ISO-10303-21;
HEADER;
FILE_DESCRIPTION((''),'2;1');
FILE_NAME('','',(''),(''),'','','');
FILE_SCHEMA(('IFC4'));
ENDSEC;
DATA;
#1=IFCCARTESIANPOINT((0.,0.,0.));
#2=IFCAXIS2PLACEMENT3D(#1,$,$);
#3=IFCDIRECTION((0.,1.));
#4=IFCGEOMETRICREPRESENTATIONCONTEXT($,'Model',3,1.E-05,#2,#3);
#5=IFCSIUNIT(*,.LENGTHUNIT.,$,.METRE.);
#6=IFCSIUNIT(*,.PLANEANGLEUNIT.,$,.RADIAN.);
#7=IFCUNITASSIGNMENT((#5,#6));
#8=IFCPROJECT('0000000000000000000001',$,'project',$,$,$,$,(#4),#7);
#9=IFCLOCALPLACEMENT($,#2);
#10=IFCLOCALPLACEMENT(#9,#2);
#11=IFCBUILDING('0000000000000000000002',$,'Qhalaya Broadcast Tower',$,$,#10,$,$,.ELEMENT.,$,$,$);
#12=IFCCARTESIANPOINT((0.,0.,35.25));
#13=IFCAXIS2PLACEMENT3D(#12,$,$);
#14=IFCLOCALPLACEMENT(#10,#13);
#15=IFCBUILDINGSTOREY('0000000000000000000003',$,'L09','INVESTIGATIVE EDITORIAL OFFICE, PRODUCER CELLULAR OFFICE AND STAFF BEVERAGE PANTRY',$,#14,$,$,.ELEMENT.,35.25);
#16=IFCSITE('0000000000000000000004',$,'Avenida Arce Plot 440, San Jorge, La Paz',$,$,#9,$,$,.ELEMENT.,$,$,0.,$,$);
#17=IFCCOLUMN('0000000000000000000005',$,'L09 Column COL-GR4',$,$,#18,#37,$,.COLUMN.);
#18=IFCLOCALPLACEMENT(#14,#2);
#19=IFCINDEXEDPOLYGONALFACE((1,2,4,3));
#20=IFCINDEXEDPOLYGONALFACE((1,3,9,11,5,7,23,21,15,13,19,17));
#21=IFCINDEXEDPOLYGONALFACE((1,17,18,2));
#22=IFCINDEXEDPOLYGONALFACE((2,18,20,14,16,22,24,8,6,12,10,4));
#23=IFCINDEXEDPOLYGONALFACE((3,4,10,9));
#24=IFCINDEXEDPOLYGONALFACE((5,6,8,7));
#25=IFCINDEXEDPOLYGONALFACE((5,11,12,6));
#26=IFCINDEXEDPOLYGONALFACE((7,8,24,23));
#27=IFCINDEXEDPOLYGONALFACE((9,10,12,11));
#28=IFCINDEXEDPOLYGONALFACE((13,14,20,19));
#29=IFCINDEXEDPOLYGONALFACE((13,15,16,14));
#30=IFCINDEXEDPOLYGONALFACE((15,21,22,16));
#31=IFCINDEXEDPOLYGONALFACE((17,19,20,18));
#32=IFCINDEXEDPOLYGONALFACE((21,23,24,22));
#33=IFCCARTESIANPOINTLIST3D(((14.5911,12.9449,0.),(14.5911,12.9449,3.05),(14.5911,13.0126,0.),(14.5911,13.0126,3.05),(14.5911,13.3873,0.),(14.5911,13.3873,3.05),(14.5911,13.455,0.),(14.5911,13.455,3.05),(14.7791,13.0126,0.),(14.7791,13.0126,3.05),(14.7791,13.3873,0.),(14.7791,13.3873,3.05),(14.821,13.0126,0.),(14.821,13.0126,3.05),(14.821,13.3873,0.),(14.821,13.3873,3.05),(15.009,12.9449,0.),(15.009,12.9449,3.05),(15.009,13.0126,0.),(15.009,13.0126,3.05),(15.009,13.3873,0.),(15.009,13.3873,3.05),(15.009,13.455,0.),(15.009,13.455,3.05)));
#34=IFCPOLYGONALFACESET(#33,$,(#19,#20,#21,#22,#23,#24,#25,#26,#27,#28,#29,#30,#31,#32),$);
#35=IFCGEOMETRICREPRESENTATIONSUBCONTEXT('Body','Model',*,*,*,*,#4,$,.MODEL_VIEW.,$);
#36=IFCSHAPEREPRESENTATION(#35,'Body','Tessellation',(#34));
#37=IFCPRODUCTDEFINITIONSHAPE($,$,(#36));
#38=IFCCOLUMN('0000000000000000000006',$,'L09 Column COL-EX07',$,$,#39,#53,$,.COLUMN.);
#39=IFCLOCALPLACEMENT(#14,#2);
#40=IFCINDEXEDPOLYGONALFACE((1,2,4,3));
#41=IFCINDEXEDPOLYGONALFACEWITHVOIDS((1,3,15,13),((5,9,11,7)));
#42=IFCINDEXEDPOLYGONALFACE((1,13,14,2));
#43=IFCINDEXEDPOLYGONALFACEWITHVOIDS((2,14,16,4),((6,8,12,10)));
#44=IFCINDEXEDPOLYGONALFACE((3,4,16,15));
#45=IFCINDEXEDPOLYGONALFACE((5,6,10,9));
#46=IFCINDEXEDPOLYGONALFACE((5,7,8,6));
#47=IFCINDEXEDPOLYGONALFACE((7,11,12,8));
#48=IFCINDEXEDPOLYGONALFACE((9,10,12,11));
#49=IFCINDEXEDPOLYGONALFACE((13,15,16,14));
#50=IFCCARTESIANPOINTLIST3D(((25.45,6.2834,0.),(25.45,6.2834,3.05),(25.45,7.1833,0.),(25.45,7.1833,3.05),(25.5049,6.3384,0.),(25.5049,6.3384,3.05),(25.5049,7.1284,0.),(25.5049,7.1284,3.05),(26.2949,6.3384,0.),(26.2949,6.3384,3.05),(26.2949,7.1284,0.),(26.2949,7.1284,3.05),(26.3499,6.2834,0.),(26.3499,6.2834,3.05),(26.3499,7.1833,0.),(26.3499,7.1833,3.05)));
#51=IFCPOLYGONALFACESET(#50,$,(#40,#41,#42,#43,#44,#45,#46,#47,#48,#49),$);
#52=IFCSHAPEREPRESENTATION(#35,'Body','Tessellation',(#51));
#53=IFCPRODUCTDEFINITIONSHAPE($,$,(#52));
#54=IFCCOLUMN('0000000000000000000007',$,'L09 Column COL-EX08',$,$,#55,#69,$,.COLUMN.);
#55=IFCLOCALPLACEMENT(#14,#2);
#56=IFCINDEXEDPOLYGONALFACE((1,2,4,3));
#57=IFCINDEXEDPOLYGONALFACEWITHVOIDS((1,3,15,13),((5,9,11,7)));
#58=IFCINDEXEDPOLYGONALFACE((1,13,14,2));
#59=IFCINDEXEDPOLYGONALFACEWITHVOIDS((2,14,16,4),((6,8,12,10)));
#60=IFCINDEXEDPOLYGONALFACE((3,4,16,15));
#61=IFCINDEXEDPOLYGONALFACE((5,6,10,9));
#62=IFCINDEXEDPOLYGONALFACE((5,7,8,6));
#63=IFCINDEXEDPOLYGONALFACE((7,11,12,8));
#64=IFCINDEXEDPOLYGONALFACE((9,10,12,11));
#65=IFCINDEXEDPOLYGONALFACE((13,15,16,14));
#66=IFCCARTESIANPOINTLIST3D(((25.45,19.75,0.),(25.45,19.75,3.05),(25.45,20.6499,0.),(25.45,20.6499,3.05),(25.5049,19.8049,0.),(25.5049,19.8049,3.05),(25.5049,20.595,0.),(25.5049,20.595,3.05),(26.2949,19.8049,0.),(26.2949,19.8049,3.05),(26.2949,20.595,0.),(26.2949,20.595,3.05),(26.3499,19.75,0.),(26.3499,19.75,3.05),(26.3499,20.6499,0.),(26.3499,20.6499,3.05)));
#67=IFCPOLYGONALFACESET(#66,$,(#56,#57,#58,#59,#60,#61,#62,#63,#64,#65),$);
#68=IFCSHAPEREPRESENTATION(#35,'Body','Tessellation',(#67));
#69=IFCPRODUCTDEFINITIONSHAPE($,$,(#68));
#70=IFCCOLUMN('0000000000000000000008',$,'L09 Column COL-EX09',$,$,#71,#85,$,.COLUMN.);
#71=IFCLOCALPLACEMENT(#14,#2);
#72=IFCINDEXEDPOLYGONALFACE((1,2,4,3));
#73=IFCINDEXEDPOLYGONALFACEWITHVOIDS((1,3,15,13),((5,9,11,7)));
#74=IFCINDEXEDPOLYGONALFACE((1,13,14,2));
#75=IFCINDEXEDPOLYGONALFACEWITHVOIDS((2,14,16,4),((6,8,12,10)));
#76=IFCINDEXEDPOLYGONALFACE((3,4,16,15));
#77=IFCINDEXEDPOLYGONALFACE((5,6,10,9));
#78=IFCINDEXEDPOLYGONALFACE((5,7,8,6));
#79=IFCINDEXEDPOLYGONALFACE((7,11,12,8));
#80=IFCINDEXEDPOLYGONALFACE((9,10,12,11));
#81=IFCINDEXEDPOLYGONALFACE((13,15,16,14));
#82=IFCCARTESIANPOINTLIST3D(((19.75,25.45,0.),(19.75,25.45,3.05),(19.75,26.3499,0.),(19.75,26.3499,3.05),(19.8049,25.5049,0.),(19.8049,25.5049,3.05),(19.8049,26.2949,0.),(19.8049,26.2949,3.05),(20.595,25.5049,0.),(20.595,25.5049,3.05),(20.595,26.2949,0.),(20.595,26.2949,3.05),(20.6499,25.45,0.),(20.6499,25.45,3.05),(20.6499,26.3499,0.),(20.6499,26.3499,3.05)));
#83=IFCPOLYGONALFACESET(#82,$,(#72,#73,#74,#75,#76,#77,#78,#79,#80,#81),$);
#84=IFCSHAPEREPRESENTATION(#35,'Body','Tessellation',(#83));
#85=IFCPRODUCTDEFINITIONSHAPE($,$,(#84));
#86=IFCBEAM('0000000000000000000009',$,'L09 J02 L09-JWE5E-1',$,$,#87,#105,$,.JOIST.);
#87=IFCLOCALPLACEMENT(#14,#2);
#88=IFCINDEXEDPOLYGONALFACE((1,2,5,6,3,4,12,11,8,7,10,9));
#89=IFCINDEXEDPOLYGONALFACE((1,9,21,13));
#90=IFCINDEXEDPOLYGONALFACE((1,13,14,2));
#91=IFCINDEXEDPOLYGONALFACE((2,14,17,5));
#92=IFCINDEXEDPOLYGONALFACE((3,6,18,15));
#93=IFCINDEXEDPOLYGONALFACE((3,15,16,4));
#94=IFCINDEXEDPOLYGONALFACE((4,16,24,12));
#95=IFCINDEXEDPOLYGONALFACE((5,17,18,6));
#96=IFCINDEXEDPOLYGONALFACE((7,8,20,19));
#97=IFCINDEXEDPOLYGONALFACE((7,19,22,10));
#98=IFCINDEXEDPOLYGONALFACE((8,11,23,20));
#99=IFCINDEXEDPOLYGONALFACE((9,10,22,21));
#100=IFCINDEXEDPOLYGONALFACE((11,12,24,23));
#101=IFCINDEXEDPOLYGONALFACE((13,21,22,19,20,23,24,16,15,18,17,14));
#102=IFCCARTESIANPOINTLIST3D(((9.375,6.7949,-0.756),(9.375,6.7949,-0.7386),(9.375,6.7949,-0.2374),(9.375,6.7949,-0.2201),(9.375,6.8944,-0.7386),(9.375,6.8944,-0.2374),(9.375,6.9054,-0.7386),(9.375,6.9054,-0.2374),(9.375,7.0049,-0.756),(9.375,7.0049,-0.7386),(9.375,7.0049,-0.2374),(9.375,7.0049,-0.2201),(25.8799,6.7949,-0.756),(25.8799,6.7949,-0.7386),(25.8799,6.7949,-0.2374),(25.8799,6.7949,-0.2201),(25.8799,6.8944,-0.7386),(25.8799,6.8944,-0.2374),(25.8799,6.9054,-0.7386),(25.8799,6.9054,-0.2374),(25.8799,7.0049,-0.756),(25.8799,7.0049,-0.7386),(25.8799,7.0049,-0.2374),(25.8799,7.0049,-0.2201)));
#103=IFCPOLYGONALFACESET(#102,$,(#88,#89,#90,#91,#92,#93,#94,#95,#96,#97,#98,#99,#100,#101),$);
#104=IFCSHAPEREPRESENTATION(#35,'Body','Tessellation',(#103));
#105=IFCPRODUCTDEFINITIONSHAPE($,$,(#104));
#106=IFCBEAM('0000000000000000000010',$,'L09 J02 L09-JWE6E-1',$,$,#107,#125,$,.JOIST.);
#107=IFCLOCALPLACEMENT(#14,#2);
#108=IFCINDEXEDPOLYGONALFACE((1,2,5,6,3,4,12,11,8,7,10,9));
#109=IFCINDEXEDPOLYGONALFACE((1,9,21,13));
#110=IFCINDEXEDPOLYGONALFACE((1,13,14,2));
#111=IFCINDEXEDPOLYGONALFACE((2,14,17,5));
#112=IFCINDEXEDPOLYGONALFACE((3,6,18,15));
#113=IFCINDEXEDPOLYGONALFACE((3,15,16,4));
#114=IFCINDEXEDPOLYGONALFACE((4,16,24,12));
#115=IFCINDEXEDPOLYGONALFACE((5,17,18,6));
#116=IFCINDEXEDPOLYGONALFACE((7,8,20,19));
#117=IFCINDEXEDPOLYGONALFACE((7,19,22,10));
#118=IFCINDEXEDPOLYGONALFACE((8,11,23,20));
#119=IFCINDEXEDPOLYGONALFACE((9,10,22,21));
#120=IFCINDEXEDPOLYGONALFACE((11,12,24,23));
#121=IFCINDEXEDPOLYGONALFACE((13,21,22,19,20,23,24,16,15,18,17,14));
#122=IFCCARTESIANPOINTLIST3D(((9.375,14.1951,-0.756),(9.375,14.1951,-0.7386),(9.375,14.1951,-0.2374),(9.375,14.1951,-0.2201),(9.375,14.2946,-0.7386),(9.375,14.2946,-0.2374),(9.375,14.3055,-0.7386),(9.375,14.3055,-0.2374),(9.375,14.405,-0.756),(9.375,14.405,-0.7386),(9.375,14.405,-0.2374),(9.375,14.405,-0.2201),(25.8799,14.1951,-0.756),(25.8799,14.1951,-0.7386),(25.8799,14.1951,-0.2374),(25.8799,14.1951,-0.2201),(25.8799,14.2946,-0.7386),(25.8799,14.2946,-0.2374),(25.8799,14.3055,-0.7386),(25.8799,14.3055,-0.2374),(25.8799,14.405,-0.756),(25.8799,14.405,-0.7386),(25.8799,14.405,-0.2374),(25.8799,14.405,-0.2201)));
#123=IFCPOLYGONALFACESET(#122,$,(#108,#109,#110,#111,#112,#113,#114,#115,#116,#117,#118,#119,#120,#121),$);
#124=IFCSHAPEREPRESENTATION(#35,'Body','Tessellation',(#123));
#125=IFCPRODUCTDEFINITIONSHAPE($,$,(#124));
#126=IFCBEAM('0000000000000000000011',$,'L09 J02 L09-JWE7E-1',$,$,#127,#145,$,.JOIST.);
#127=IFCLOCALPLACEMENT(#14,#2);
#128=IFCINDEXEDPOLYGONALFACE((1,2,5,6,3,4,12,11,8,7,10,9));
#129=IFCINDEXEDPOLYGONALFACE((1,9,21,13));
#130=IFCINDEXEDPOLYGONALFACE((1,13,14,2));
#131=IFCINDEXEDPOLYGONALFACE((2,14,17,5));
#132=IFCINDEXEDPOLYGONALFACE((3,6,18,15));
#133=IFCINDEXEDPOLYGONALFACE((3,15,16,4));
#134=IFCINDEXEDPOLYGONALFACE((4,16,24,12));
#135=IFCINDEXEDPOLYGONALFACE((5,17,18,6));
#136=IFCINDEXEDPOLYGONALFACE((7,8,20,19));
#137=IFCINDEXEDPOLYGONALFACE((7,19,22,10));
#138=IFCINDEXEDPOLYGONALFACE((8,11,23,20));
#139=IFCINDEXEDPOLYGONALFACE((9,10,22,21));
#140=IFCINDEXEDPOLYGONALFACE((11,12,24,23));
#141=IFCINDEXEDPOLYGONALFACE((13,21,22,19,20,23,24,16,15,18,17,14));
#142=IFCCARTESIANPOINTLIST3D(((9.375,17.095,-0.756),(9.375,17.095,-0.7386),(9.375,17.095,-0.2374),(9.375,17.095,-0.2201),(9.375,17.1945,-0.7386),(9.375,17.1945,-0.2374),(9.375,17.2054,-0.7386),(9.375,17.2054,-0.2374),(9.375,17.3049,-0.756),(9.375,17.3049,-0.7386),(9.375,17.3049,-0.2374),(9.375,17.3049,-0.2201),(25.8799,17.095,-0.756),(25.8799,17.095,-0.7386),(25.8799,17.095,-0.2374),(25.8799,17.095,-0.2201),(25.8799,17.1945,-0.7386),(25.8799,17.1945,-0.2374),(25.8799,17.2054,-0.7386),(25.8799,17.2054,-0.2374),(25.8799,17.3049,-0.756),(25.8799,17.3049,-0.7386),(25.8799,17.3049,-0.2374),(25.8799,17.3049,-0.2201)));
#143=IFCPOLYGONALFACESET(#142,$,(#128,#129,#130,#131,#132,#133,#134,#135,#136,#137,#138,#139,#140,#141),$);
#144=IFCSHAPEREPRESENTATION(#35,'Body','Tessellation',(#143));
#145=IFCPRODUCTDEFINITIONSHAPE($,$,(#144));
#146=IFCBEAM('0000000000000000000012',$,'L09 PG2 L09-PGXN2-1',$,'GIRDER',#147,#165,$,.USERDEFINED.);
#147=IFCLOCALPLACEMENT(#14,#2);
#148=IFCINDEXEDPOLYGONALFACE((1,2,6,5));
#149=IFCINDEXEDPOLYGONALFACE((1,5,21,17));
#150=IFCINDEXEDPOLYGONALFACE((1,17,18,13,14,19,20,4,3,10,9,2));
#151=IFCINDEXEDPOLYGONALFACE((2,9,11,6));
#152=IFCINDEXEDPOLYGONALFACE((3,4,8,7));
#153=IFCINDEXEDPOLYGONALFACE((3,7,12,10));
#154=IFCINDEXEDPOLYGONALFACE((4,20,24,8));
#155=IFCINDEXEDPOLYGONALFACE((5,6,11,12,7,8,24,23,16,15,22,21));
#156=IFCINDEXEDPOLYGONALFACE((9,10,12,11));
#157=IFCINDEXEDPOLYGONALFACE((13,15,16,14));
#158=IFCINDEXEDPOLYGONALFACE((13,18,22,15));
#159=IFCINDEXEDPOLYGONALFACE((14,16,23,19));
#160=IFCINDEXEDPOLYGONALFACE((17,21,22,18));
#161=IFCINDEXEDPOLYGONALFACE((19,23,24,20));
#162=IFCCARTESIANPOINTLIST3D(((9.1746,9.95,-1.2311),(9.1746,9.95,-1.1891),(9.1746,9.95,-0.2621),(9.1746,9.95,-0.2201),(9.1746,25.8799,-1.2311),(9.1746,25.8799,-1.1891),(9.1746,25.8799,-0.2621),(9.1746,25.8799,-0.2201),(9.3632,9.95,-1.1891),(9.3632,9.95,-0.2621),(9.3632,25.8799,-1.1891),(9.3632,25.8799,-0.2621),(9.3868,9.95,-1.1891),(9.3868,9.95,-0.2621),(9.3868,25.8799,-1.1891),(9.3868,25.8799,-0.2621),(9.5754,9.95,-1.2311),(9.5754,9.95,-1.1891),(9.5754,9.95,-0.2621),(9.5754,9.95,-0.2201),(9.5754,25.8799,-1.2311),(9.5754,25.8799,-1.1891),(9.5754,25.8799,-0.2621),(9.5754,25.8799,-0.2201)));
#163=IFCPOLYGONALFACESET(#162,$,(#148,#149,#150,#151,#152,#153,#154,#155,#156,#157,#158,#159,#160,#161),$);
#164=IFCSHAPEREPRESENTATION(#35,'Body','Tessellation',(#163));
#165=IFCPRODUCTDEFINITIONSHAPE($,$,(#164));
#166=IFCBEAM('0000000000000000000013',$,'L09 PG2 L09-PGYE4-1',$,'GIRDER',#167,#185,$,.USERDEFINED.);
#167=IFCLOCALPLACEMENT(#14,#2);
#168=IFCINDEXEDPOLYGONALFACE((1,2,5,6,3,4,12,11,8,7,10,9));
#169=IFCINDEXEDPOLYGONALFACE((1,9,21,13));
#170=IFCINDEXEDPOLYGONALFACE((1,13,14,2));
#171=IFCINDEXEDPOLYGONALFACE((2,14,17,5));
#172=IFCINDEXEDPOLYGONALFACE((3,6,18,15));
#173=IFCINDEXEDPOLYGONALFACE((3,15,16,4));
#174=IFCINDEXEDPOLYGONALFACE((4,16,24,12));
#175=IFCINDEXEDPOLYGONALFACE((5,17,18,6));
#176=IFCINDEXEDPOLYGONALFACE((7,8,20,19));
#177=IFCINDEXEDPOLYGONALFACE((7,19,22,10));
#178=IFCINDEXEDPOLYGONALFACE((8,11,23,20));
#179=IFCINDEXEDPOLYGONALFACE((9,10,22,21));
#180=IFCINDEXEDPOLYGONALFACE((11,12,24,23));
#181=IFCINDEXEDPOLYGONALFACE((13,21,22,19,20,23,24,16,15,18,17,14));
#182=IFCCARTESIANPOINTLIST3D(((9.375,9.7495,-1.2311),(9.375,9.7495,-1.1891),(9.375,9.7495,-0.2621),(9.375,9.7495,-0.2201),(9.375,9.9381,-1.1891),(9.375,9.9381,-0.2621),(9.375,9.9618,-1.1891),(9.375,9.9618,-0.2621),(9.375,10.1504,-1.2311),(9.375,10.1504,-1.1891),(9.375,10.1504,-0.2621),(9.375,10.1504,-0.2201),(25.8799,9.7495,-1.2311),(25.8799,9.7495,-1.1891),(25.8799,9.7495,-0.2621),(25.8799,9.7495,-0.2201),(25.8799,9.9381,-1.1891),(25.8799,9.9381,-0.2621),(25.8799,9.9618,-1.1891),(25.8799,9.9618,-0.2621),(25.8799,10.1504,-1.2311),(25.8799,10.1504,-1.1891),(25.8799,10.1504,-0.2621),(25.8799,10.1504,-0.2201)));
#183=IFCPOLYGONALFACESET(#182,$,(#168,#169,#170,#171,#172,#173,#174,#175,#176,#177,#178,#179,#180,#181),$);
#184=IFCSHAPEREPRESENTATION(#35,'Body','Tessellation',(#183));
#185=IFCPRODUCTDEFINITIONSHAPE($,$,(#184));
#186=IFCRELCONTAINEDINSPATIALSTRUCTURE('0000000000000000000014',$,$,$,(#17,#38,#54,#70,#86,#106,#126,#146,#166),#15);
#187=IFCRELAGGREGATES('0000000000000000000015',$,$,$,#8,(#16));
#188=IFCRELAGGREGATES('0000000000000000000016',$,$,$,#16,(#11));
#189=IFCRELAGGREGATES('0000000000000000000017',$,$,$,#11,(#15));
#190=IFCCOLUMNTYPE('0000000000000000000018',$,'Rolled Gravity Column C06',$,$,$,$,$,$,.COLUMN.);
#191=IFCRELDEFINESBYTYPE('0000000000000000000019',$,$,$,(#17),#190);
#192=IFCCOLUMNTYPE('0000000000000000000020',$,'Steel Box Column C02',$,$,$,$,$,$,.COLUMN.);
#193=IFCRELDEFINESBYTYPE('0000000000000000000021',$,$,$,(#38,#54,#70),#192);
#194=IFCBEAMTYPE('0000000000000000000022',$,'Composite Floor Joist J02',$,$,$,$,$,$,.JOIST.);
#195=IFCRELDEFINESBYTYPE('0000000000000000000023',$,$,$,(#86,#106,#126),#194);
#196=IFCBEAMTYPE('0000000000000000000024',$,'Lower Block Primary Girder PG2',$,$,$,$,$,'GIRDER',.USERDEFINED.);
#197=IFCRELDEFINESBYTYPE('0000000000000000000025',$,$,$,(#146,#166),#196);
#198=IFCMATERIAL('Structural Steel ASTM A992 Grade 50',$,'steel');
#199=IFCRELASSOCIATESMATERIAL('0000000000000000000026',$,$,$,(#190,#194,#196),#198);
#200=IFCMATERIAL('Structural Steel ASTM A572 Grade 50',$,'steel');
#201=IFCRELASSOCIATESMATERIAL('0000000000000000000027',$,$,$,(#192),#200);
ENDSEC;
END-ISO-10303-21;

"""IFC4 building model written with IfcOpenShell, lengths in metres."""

from ifc_helpers import new_model, si_unit, direction, frame, origin, origin_2d, place, context, subcontext, project, spatial, hollow_rectangle, i_section, extrude, material, material_profile, profile_set, type_object, element, save


model = new_model("IFC4")

# Units and contexts
model_context = context("Model", 3, precision=1e-05, world=origin(), true_north=direction((0.0, 1.0)))
body_context = subcontext(model_context, "Body", "Model", "MODEL_VIEW")
ifc_project = project(units=[si_unit("LENGTHUNIT", "METRE"), si_unit("PLANEANGLEUNIT", "RADIAN")], contexts=[model_context])

# Site, building, storey
site_placement = place(None, origin())
site = spatial("IfcSite", under=ifc_project, at=site_placement, Name="Avenida Arce Plot 440, San Jorge, La Paz", CompositionType="ELEMENT", RefElevation=0.0)
building_placement = place(site_placement, origin())
building = spatial("IfcBuilding", under=site, at=building_placement, Name="Qhalaya Broadcast Tower", CompositionType="ELEMENT")
storey_placement = place(building_placement, frame((0.0, 0.0, 35.25)))
storey = spatial("IfcBuildingStorey", under=building, at=storey_placement, Name="L09", Description="INVESTIGATIVE EDITORIAL OFFICE, PRODUCER CELLULAR OFFICE AND STAFF BEVERAGE PANTRY", CompositionType="ELEMENT", Elevation=35.25)

# Columns
ifc_material_1 = material(Name="Structural Steel ASTM A992 Grade 50", Category="steel")
ifc_material_profile_1 = material_profile(ifc_material_1, i_section(OverallWidth=0.418, OverallDepth=0.51, WebThickness=0.042, FlangeThickness=0.0676, at=origin_2d()), Name="W14X370")
ifc_profile_set_1 = profile_set([ifc_material_profile_1], Name="Structural Steel ASTM A992 Grade 50")
column_type_1 = type_object("IfcColumnType", Name="Rolled Gravity Column C06", PredefinedType="COLUMN", material=ifc_profile_set_1)
column_placement = place(storey_placement, frame((14.8, 13.2, 0.0), z_axis=(0.0, 0.0, 1.0), x_axis=(1.0, 0.0, 0.0)))
element("IfcColumn", 1, at=column_placement, inside=storey, type_object=column_type_1, Name="L09 Column COL-GR4", PredefinedType="COLUMN", context=body_context, shape_type="SweptSolid", body=[
    extrude(i_section(OverallWidth=0.418, OverallDepth=0.51, WebThickness=0.042, FlangeThickness=0.0676, at=origin_2d()), origin(), (0.0, 0.0, 1.0), 3.05),
])
ifc_material_2 = material(Name="Structural Steel ASTM A572 Grade 50", Category="steel")
ifc_material_profile_2 = material_profile(ifc_material_2, hollow_rectangle(XDim=0.8999, YDim=0.8999, WallThickness=0.0549, at=origin_2d()), Name="BOX 900x900x55")
ifc_profile_set_2 = profile_set([ifc_material_profile_2], Name="Structural Steel ASTM A572 Grade 50")
column_type_2 = type_object("IfcColumnType", Name="Steel Box Column C02", PredefinedType="COLUMN", material=ifc_profile_set_2)
for number, where, z_axis, x_axis, name in (
    (2, (25.8999, 6.7334, 0.0), (0.0, 0.0, 1.0), (0.0, 1.0, 0.0), "L09 Column COL-EX07"),
    (3, (25.8999, 20.2, 0.0), (0.0, 0.0, 1.0), (0.0, 1.0, 0.0), "L09 Column COL-EX08"),
    (4, (20.2, 25.8999, 0.0), (0.0, 0.0, 1.0), (1.0, 0.0, 0.0), "L09 Column COL-EX09"),
):
    element("IfcColumn", number, at=place(storey_placement, frame(where, z_axis=z_axis, x_axis=x_axis)), inside=storey, type_object=column_type_2, Name=name, PredefinedType="COLUMN", context=body_context, shape_type="SweptSolid", body=[
        extrude(hollow_rectangle(XDim=0.8999, YDim=0.8999, WallThickness=0.0549, at=origin_2d()), origin(), (0.0, 0.0, 1.0), 3.05),
    ])

# Beams
ifc_material_profile_3 = material_profile(ifc_material_1, i_section(OverallWidth=0.21, OverallDepth=0.5359, WebThickness=0.011, FlangeThickness=0.0173, at=origin_2d()), Name="W21X68")
ifc_profile_set_3 = profile_set([ifc_material_profile_3], Name="Structural Steel ASTM A992 Grade 50")
beam_type_1 = type_object("IfcBeamType", Name="Composite Floor Joist J02", PredefinedType="JOIST", material=ifc_profile_set_3)
for number, where, z_axis, x_axis, name in (
    (5, (9.375, 6.8999, -0.488), (1.0, 0.0, 0.0), (0.0, 1.0, 0.0), "L09 J02 L09-JWE5E-1"),
    (6, (9.375, 14.3, -0.488), (1.0, 0.0, 0.0), (0.0, 1.0, 0.0), "L09 J02 L09-JWE6E-1"),
    (7, (9.375, 17.2, -0.488), (1.0, 0.0, 0.0), (0.0, 1.0, 0.0), "L09 J02 L09-JWE7E-1"),
):
    element("IfcBeam", number, at=place(storey_placement, frame(where, z_axis=z_axis, x_axis=x_axis)), inside=storey, type_object=beam_type_1, Name=name, PredefinedType="JOIST", context=body_context, shape_type="SweptSolid", body=[
        extrude(i_section(OverallWidth=0.21, OverallDepth=0.5359, WebThickness=0.011, FlangeThickness=0.0173, at=origin_2d()), origin(), (0.0, 0.0, 1.0), 16.5049),
    ])
ifc_material_profile_4 = material_profile(ifc_material_1, i_section(OverallWidth=0.4009, OverallDepth=1.011, WebThickness=0.0237, FlangeThickness=0.042, at=origin_2d()), Name="W40X297")
ifc_profile_set_4 = profile_set([ifc_material_profile_4], Name="Structural Steel ASTM A992 Grade 50")
beam_type_2 = type_object("IfcBeamType", Name="Lower Block Primary Girder PG2", ElementType="GIRDER", PredefinedType="USERDEFINED", material=ifc_profile_set_4)
beam_1_placement = place(storey_placement, frame((9.375, 9.95, -0.7256), z_axis=(0.0, 1.0, 0.0), x_axis=(-1.0, 0.0, 0.0)))
element("IfcBeam", 8, at=beam_1_placement, inside=storey, type_object=beam_type_2, Name="L09 PG2 L09-PGXN2-1", ObjectType="GIRDER", PredefinedType="USERDEFINED", context=body_context, shape_type="SweptSolid", body=[
    extrude(i_section(OverallWidth=0.4009, OverallDepth=1.011, WebThickness=0.0237, FlangeThickness=0.042, at=origin_2d()), origin(), (0.0, 0.0, 1.0), 15.9299),
])
beam_2_placement = place(storey_placement, frame((9.375, 9.95, -0.7256), z_axis=(1.0, 0.0, 0.0), x_axis=(0.0, 1.0, 0.0)))
element("IfcBeam", 9, at=beam_2_placement, inside=storey, type_object=beam_type_2, Name="L09 PG2 L09-PGYE4-1", ObjectType="GIRDER", PredefinedType="USERDEFINED", context=body_context, shape_type="SweptSolid", body=[
    extrude(i_section(OverallWidth=0.4009, OverallDepth=1.011, WebThickness=0.0237, FlangeThickness=0.042, at=origin_2d()), origin(), (0.0, 0.0, 1.0), 16.5049),
])

save(model, "model.ifc")
